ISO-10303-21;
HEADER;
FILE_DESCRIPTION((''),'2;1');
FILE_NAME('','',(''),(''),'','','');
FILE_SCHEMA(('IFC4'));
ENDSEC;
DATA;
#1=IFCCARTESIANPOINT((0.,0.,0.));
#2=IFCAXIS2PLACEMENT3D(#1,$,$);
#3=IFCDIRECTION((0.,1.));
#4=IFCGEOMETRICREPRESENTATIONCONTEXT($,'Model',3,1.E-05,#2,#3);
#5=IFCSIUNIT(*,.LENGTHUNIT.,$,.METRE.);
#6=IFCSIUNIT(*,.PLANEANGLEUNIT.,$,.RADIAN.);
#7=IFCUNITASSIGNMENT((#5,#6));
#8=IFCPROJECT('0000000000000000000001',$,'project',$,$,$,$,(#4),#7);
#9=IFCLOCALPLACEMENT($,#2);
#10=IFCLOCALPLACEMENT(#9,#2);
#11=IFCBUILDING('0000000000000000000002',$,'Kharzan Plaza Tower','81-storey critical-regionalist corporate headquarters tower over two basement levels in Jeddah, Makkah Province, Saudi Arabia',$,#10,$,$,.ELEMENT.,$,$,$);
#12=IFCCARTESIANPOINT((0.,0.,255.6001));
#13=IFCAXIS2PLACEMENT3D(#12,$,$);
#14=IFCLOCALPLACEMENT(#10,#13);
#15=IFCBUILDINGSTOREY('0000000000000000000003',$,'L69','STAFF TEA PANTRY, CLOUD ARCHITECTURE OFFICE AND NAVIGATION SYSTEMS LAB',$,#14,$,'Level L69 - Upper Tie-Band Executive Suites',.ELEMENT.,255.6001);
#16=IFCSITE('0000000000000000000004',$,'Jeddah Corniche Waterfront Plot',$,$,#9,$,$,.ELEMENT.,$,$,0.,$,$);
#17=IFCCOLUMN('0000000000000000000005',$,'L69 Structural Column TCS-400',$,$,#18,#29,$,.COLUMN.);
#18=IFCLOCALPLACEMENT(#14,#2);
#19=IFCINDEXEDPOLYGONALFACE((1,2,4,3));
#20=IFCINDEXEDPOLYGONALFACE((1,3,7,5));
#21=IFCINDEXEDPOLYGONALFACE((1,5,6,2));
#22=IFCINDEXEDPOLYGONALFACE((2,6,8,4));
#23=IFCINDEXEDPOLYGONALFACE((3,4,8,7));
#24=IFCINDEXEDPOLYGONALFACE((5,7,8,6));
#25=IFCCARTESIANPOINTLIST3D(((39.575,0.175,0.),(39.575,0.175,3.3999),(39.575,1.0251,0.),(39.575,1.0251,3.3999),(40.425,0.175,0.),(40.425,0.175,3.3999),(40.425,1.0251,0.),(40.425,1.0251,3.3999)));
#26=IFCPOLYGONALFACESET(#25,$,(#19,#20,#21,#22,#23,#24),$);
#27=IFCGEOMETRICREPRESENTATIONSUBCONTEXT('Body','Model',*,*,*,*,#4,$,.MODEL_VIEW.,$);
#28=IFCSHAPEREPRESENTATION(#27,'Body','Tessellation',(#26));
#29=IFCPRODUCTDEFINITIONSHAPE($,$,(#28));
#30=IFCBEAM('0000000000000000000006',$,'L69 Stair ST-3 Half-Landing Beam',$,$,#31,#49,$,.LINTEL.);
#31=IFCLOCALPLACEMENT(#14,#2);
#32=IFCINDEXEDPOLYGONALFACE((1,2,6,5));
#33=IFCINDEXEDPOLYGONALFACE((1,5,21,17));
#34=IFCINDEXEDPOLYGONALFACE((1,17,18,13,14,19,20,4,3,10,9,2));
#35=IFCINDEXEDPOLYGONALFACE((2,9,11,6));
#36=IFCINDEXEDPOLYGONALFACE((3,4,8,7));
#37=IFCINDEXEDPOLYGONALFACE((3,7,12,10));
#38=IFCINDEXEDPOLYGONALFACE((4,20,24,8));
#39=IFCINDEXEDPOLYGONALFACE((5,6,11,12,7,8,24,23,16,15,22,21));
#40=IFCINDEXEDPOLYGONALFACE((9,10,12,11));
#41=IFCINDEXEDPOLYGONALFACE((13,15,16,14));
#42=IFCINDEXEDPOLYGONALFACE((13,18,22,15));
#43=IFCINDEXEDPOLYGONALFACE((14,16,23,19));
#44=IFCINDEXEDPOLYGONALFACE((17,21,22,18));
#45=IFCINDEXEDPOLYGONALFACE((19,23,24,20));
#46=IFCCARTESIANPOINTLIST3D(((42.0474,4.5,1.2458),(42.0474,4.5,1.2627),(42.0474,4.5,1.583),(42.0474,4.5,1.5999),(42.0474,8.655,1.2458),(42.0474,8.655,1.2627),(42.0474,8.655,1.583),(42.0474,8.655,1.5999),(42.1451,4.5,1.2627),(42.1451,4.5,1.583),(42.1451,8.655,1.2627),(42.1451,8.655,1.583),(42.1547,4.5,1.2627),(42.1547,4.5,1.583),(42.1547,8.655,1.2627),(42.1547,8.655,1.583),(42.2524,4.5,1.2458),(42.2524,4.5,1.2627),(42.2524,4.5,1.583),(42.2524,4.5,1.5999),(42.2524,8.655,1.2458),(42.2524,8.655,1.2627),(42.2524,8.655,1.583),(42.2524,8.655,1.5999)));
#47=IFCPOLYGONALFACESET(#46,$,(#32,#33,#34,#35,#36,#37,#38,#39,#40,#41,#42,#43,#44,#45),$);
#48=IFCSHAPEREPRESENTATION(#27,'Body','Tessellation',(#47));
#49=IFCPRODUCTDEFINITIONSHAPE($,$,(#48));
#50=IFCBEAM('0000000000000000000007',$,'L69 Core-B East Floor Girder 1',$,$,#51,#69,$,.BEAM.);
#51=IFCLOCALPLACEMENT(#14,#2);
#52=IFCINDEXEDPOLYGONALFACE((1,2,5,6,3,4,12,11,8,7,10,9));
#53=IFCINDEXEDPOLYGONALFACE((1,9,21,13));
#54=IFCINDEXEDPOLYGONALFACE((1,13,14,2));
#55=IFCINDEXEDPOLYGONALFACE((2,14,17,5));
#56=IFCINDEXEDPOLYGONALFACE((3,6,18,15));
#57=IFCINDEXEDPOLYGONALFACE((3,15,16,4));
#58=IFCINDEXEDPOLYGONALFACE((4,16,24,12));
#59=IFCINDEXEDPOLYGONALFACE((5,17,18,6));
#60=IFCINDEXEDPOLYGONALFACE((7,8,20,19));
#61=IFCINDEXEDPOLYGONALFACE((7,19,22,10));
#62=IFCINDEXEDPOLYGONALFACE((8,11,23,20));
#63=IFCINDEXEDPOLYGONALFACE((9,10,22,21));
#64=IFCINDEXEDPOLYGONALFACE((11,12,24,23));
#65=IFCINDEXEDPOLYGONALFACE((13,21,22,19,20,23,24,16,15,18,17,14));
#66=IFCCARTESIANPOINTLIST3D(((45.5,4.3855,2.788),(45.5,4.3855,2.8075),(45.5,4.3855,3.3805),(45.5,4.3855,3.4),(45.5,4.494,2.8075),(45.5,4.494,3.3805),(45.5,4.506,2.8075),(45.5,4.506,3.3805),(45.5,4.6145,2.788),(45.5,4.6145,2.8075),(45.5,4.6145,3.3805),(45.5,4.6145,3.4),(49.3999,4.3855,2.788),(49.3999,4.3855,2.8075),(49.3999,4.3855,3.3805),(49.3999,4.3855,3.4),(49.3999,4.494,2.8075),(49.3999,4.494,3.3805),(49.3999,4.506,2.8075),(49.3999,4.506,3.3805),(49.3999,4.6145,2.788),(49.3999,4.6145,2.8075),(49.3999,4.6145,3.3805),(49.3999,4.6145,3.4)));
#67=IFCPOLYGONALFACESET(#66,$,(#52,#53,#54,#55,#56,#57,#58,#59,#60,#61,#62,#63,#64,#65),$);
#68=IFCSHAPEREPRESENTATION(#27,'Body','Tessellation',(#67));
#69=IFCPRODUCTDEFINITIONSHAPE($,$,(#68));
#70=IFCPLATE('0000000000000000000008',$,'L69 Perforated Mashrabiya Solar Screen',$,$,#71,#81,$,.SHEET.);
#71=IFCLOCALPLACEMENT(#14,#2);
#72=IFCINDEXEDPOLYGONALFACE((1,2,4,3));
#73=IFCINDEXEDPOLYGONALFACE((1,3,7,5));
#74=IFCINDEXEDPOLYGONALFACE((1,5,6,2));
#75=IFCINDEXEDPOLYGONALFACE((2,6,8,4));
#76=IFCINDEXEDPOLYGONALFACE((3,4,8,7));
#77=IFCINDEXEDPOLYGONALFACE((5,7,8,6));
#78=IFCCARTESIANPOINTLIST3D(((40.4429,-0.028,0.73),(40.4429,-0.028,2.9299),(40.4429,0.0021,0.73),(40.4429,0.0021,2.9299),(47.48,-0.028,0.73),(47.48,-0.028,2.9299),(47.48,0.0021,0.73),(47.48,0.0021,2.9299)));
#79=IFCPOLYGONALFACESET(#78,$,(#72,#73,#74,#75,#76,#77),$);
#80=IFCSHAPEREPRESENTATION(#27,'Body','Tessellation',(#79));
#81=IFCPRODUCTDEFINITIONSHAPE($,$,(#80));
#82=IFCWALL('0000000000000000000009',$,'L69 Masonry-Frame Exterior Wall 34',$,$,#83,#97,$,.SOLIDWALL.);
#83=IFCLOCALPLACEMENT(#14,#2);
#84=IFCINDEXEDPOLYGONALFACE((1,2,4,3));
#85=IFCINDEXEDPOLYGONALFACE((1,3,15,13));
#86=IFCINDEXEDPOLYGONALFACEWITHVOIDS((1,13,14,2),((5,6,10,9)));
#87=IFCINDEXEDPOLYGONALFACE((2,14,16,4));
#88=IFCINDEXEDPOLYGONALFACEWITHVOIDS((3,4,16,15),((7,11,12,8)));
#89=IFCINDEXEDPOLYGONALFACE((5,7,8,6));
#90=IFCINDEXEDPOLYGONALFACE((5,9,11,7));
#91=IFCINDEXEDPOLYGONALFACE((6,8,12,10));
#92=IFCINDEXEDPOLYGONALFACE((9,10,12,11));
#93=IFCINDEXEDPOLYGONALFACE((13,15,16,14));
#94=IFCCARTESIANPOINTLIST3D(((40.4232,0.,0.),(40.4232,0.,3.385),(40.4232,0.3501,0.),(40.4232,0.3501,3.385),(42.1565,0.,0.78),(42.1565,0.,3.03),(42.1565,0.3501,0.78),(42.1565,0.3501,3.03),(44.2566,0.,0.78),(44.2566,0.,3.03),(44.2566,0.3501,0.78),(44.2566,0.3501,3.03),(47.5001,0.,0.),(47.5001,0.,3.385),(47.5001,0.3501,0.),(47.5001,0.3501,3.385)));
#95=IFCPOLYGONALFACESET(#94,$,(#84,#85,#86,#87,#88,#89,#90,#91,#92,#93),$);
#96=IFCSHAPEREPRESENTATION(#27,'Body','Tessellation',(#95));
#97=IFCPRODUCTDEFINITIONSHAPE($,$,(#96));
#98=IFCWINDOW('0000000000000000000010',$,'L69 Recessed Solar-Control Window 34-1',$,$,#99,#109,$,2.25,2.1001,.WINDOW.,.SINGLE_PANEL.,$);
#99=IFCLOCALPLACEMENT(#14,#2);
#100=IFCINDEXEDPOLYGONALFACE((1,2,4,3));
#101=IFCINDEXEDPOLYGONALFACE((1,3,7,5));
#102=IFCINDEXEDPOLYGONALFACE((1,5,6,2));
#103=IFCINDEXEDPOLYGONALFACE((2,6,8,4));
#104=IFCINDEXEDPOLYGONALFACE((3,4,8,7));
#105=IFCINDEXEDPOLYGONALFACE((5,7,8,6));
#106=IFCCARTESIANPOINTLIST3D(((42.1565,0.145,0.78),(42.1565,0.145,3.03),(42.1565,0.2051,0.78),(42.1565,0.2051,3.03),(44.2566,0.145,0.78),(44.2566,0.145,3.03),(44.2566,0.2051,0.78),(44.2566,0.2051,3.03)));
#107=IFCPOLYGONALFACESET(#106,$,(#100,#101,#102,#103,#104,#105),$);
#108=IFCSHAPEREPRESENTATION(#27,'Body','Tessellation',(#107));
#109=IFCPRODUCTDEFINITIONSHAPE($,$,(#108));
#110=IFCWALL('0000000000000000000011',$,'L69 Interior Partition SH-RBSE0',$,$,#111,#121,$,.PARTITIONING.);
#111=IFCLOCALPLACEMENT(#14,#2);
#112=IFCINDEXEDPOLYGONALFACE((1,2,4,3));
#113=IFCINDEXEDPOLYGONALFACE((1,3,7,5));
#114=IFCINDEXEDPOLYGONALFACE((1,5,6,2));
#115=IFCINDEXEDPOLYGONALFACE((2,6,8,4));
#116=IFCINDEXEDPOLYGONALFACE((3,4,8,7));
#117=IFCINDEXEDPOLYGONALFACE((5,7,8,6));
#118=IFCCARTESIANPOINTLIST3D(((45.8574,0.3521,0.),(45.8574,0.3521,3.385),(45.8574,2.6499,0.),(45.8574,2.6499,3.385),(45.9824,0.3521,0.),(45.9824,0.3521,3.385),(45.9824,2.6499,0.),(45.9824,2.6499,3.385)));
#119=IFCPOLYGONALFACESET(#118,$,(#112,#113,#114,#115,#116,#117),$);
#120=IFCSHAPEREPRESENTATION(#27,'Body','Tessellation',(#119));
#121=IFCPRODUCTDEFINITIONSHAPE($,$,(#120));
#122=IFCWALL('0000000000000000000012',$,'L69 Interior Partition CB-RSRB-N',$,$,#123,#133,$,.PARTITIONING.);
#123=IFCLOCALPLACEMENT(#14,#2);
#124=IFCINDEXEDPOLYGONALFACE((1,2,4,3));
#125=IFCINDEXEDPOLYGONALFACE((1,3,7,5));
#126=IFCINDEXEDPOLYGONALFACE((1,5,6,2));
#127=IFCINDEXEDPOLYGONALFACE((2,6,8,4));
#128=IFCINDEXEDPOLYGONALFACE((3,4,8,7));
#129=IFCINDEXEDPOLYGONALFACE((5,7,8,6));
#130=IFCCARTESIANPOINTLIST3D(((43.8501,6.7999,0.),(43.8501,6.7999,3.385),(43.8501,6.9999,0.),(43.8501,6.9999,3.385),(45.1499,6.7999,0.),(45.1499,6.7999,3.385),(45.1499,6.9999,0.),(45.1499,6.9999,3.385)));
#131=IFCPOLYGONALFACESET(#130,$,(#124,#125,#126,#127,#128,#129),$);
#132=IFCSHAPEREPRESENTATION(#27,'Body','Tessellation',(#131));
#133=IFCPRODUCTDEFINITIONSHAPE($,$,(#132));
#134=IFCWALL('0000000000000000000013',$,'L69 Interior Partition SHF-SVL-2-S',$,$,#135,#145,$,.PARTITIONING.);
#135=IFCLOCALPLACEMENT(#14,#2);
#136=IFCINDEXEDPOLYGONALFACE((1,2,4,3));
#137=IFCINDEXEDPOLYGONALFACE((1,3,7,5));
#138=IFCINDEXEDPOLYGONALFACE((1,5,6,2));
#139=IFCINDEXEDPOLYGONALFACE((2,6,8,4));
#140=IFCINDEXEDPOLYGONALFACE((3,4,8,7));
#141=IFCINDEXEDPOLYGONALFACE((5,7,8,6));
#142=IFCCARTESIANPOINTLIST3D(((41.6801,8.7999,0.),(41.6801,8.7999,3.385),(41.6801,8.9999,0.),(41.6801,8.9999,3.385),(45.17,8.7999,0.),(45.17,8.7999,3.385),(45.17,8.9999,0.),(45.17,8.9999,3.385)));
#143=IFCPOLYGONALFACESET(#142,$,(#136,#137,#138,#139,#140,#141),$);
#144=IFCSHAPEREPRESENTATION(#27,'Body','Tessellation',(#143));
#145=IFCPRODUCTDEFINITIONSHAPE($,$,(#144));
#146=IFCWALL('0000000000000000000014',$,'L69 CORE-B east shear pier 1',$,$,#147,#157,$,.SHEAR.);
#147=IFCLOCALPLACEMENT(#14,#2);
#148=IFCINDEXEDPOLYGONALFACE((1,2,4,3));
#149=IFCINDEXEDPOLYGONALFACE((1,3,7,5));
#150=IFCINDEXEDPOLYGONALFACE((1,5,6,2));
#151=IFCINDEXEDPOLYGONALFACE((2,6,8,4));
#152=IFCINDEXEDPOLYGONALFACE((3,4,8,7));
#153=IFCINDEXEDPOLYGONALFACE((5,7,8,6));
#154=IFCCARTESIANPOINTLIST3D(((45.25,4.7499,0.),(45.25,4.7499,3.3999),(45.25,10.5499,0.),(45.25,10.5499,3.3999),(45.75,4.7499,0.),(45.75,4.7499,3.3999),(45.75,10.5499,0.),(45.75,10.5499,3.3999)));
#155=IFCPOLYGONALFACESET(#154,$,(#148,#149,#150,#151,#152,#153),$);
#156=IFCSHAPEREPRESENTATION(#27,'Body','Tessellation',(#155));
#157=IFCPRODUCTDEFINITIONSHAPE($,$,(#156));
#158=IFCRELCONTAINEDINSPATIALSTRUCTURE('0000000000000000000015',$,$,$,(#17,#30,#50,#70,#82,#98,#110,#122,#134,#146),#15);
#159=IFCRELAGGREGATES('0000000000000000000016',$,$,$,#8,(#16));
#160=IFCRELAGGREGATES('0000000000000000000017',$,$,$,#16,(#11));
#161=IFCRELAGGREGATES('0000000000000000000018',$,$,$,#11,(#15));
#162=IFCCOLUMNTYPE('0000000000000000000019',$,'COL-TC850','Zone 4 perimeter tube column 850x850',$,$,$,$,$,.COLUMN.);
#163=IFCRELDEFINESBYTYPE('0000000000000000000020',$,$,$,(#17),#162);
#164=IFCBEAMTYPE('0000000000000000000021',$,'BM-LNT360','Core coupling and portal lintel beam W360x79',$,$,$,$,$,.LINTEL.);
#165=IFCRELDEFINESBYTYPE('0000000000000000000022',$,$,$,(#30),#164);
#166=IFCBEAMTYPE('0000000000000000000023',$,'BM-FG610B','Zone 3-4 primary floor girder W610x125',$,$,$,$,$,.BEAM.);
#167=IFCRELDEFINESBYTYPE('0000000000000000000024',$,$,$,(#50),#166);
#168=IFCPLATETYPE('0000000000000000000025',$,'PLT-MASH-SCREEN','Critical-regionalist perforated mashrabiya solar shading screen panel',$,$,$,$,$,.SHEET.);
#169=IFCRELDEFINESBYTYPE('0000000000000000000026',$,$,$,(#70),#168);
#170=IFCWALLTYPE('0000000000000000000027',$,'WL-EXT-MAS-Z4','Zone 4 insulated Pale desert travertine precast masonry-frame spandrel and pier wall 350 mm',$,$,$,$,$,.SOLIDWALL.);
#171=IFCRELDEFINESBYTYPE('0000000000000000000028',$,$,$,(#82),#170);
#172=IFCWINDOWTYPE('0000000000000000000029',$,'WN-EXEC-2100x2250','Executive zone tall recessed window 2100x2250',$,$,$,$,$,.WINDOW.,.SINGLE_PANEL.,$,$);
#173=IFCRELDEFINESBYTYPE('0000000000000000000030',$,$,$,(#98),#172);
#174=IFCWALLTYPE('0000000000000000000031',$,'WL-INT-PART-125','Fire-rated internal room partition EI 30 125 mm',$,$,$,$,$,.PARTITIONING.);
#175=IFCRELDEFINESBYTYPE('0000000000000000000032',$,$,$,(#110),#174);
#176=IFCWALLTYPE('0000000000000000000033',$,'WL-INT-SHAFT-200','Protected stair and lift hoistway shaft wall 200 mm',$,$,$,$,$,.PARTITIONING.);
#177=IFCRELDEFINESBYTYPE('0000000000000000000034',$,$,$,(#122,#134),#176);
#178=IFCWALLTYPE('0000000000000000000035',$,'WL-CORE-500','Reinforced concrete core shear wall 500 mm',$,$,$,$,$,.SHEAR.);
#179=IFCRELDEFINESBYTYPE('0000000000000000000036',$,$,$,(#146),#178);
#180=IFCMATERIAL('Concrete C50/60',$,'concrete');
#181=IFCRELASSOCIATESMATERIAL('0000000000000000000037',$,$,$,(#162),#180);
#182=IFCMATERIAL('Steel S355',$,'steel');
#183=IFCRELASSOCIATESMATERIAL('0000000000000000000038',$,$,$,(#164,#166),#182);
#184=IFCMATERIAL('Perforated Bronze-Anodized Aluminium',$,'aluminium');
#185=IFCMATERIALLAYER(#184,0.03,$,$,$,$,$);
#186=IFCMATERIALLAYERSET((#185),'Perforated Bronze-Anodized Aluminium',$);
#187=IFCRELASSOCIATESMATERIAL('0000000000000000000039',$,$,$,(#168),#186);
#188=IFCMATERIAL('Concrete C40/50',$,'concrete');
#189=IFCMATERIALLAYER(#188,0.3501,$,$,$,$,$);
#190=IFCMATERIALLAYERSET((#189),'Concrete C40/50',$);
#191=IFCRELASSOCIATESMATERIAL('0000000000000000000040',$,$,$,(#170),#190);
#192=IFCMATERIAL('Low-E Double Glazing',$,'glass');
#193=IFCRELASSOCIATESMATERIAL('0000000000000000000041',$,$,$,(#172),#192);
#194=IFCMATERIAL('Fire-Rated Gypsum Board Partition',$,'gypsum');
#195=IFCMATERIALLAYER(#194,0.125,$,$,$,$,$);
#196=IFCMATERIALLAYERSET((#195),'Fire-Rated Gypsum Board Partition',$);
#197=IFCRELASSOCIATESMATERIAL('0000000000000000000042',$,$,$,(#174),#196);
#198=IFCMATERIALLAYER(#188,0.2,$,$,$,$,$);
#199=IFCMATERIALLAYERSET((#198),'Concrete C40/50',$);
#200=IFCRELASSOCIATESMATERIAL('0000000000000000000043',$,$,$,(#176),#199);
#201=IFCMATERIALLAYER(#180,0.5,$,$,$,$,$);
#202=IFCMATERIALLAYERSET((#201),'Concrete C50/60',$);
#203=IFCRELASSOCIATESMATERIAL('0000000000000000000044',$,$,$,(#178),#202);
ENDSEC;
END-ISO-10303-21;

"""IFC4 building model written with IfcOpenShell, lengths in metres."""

from ifc_helpers import new_model, si_unit, direction, frame, frame_2d, origin, origin_2d, place, context, subcontext, project, spatial, rectangle, i_section, extrude, source, transform, mapped, material, layer, layer_set, material_profile, profile_set, type_object, element, fill, save


model = new_model("IFC4")

# Units and contexts
model_context = context("Model", 3, precision=1e-05, world=origin(), true_north=direction((0.0, 1.0)))
body_context = subcontext(model_context, "Body", "Model", "MODEL_VIEW")
ifc_project = project(units=[si_unit("LENGTHUNIT", "METRE"), si_unit("PLANEANGLEUNIT", "RADIAN")], contexts=[model_context])

# Site, building, storey
site_placement = place(None, origin())
site = spatial("IfcSite", under=ifc_project, at=site_placement, Name="Jeddah Corniche Waterfront Plot", CompositionType="ELEMENT", RefElevation=0.0)
building_placement = place(site_placement, origin())
building = spatial("IfcBuilding", under=site, at=building_placement, Name="Kharzan Plaza Tower", Description="81-storey critical-regionalist corporate headquarters tower over two basement levels in Jeddah, Makkah Province, Saudi Arabia", CompositionType="ELEMENT")
storey_placement = place(building_placement, frame((0.0, 0.0, 255.6001)))
storey = spatial("IfcBuildingStorey", under=building, at=storey_placement, Name="L69", Description="STAFF TEA PANTRY, CLOUD ARCHITECTURE OFFICE AND NAVIGATION SYSTEMS LAB", LongName="Level L69 - Upper Tie-Band Executive Suites", CompositionType="ELEMENT", Elevation=255.6001)

# Column
ifc_material_1 = material(Name="Concrete C50/60", Category="concrete")
ifc_material_profile_1 = material_profile(ifc_material_1, rectangle(XDim=0.8501, YDim=0.8501, at=origin_2d()), Name="RC-TC850x850")
ifc_profile_set_1 = profile_set([ifc_material_profile_1], Name="Concrete C50/60")
column_type = type_object("IfcColumnType", Name="COL-TC850", Description="Zone 4 perimeter tube column 850x850", PredefinedType="COLUMN", material=ifc_profile_set_1)
shared_shape_1 = source(origin(), body_context, "Body", "SweptSolid", [
    extrude(rectangle(XDim=0.8501, YDim=0.8501, at=origin_2d()), origin(), (0.0, 0.0, 1.0), 3.3999),
])
column_placement = place(storey_placement, frame((40.0, 0.6001, 0.0), z_axis=(0.0, 0.0, 1.0), x_axis=(1.0, 0.0, 0.0)))
element("IfcColumn", 1, at=column_placement, inside=storey, type_object=column_type, Name="L69 Structural Column TCS-400", PredefinedType="COLUMN", context=body_context, shape_type="MappedRepresentation", body=[
    mapped(shared_shape_1, transform((0.0, 0.0, 0.0), x_axis=(1.0, 0.0, 0.0), y_axis=(0.0, 1.0, 0.0), z_axis=(0.0, 0.0, 1.0))),
])

# Beams
ifc_material_2 = material(Name="Steel S355", Category="steel")
ifc_material_profile_2 = material_profile(ifc_material_2, i_section(OverallWidth=0.2051, OverallDepth=0.354, WebThickness=0.0095, FlangeThickness=0.0168, at=origin_2d()), Name="W360x79")
ifc_profile_set_2 = profile_set([ifc_material_profile_2], Name="Steel S355")
beam_type_1 = type_object("IfcBeamType", Name="BM-LNT360", Description="Core coupling and portal lintel beam W360x79", PredefinedType="LINTEL", material=ifc_profile_set_2)
shared_shape_2 = source(origin(), body_context, "Body", "SweptSolid", [
    extrude(i_section(OverallWidth=0.2051, OverallDepth=0.354, WebThickness=0.0095, FlangeThickness=0.0168, at=origin_2d()), origin(), (0.0, 0.0, 1.0), 4.155),
])
beam_1_placement = place(storey_placement, frame((42.1499, 4.5, 1.4229), z_axis=(0.0, 1.0, 0.0), x_axis=(-1.0, 0.0, 0.0)))
element("IfcBeam", 2, at=beam_1_placement, inside=storey, type_object=beam_type_1, Name="L69 Stair ST-3 Half-Landing Beam", PredefinedType="LINTEL", context=body_context, shape_type="MappedRepresentation", body=[
    mapped(shared_shape_2, transform((0.0, 0.0, 0.0), x_axis=(1.0, 0.0, 0.0), y_axis=(0.0, 1.0, 0.0), z_axis=(0.0, 0.0, 1.0))),
])
ifc_material_profile_3 = material_profile(ifc_material_2, i_section(OverallWidth=0.229, OverallDepth=0.6121, WebThickness=0.012, FlangeThickness=0.0195, at=origin_2d()), Name="W610x125")
ifc_profile_set_3 = profile_set([ifc_material_profile_3], Name="Steel S355")
beam_type_2 = type_object("IfcBeamType", Name="BM-FG610B", Description="Zone 3-4 primary floor girder W610x125", PredefinedType="BEAM", material=ifc_profile_set_3)
shared_shape_3 = source(origin(), body_context, "Body", "SweptSolid", [
    extrude(i_section(OverallWidth=0.229, OverallDepth=0.6121, WebThickness=0.012, FlangeThickness=0.0195, at=origin_2d()), origin(), (0.0, 0.0, 1.0), 3.8999),
])
beam_2_placement = place(storey_placement, frame((45.5, 4.5, 3.094), z_axis=(1.0, 0.0, 0.0), x_axis=(0.0, 1.0, 0.0)))
element("IfcBeam", 3, at=beam_2_placement, inside=storey, type_object=beam_type_2, Name="L69 Core-B East Floor Girder 1", PredefinedType="BEAM", context=body_context, shape_type="MappedRepresentation", body=[
    mapped(shared_shape_3, transform((0.0, 0.0, 0.0), x_axis=(1.0, 0.0, 0.0), y_axis=(0.0, 1.0, 0.0), z_axis=(0.0, 0.0, 1.0))),
])

# Plate
ifc_material_3 = material(Name="Perforated Bronze-Anodized Aluminium", Category="aluminium")
ifc_layer_1 = layer(ifc_material_3, 0.03)
ifc_layer_set_1 = layer_set([ifc_layer_1], Name="Perforated Bronze-Anodized Aluminium")
plate_type = type_object("IfcPlateType", Name="PLT-MASH-SCREEN", Description="Critical-regionalist perforated mashrabiya solar shading screen panel", PredefinedType="SHEET", material=ifc_layer_set_1)
shared_shape_4 = source(origin(), body_context, "Body", "SweptSolid", [
    extrude(rectangle(XDim=7.0371, YDim=0.03, at=origin_2d()), origin(), (0.0, 0.0, 1.0), 2.2),
])
plate_placement = place(storey_placement, frame((43.9614, -0.0129, 0.73), z_axis=(0.0, 0.0, 1.0), x_axis=(1.0, 0.0, 0.0)))
element("IfcPlate", 4, at=plate_placement, inside=storey, type_object=plate_type, Name="L69 Perforated Mashrabiya Solar Screen", PredefinedType="SHEET", context=body_context, shape_type="MappedRepresentation", body=[
    mapped(shared_shape_4, transform((0.0, 0.0, 0.0), x_axis=(1.0, 0.0, 0.0), y_axis=(0.0, 1.0, 0.0), z_axis=(0.0, 0.0, 1.0))),
])

# Wall, opening, window
ifc_material_4 = material(Name="Concrete C40/50", Category="concrete")
ifc_layer_2 = layer(ifc_material_4, 0.3501)
ifc_layer_set_2 = layer_set([ifc_layer_2], Name="Concrete C40/50")
wall_type_1 = type_object("IfcWallType", Name="WL-EXT-MAS-Z4", Description="Zone 4 insulated Pale desert travertine precast masonry-frame spandrel and pier wall 350 mm", PredefinedType="SOLIDWALL", material=ifc_layer_set_2)
wall_1_placement = place(storey_placement, frame((40.4231, 0.175, 0.0), z_axis=(0.0, 0.0, 1.0), x_axis=(1.0, 0.0, 0.0)))
wall_1 = element("IfcWall", 5, at=wall_1_placement, inside=storey, type_object=wall_type_1, Name="L69 Masonry-Frame Exterior Wall 34", PredefinedType="SOLIDWALL", context=body_context, shape_type="SweptSolid", body=[
    extrude(rectangle(XDim=7.0769, YDim=0.3501, at=frame_2d((3.5386, 0.0))), origin(), (0.0, 0.0, 1.0), 3.385),
])
opening_1_placement = place(wall_1_placement, frame((1.7334, 0.0, 0.78)))
opening_1 = element("IfcOpeningElement", 6, at=opening_1_placement, cuts=wall_1, PredefinedType="OPENING", context=body_context, shape_type="SweptSolid", body=[
    extrude(rectangle(XDim=2.1001, YDim=2.25, at=frame_2d((1.05, 1.125))), frame((0.0, 0.1851, 0.0), z_axis=(0.0, -1.0, 0.0), x_axis=(1.0, 0.0, 0.0)), (0.0, 0.0, 1.0), 0.3701),
])
ifc_material_5 = material(Name="Low-E Double Glazing", Category="glass")
window_type = type_object("IfcWindowType", Name="WN-EXEC-2100x2250", Description="Executive zone tall recessed window 2100x2250", PartitioningType="SINGLE_PANEL", PredefinedType="WINDOW", material=ifc_material_5)
shared_shape_5 = source(origin(), body_context, "Body", "SweptSolid", [
    extrude(rectangle(XDim=2.1001, YDim=2.25, at=frame_2d((1.05, 1.125))), frame((0.0, 0.03, 0.0), z_axis=(0.0, -1.0, 0.0), x_axis=(1.0, 0.0, 0.0)), (0.0, 0.0, 1.0), 0.0601),
])
window_placement = place(opening_1_placement, origin())
window = element("IfcWindow", 7, at=window_placement, inside=storey, type_object=window_type, Name="L69 Recessed Solar-Control Window 34-1", OverallHeight=2.25, OverallWidth=2.1001, PartitioningType="SINGLE_PANEL", PredefinedType="WINDOW", context=body_context, shape_type="MappedRepresentation", body=[
    mapped(shared_shape_5, transform((0.0, 0.0, 0.0), x_axis=(1.0, 0.0, 0.0), y_axis=(0.0, 1.0, 0.0), z_axis=(0.0, 0.0, 1.0))),
])
fill(opening_1, window)

# Shared definitions
ifc_material_6 = material(Name="Fire-Rated Gypsum Board Partition", Category="gypsum")
ifc_layer_3 = layer(ifc_material_6, 0.125)
ifc_layer_set_3 = layer_set([ifc_layer_3], Name="Fire-Rated Gypsum Board Partition")
wall_type_2 = type_object("IfcWallType", Name="WL-INT-PART-125", Description="Fire-rated internal room partition EI 30 125 mm", PredefinedType="PARTITIONING", material=ifc_layer_set_3)

# Walls
shared_shape_6 = source(origin(), body_context, "Body", "SweptSolid", [
    extrude(rectangle(XDim=2.2979, YDim=0.125, at=frame_2d((1.1489, 0.0))), origin(), (0.0, 0.0, 1.0), 3.385),
])
wall_2_placement = place(storey_placement, frame((45.9199, 0.3521, 0.0), z_axis=(0.0, 0.0, 1.0), x_axis=(0.0, 1.0, 0.0)))
element("IfcWall", 8, at=wall_2_placement, inside=storey, type_object=wall_type_2, Name="L69 Interior Partition SH-RBSE0", PredefinedType="PARTITIONING", context=body_context, shape_type="MappedRepresentation", body=[
    mapped(shared_shape_6, transform((0.0, 0.0, 0.0), x_axis=(1.0, 0.0, 0.0), y_axis=(0.0, 1.0, 0.0), z_axis=(0.0, 0.0, 1.0))),
])
ifc_layer_4 = layer(ifc_material_4, 0.2)
ifc_layer_set_4 = layer_set([ifc_layer_4], Name="Concrete C40/50")
wall_type_3 = type_object("IfcWallType", Name="WL-INT-SHAFT-200", Description="Protected stair and lift hoistway shaft wall 200 mm", PredefinedType="PARTITIONING", material=ifc_layer_set_4)
shared_shape_7 = source(origin(), body_context, "Body", "SweptSolid", [
    extrude(rectangle(XDim=1.2998, YDim=0.2, at=frame_2d((0.6499, 0.0))), origin(), (0.0, 0.0, 1.0), 3.385),
])
wall_3_placement = place(storey_placement, frame((43.8501, 6.8999, 0.0), z_axis=(0.0, 0.0, 1.0), x_axis=(1.0, 0.0, 0.0)))
element("IfcWall", 9, at=wall_3_placement, inside=storey, type_object=wall_type_3, Name="L69 Interior Partition CB-RSRB-N", PredefinedType="PARTITIONING", context=body_context, shape_type="MappedRepresentation", body=[
    mapped(shared_shape_7, transform((0.0, 0.0, 0.0), x_axis=(1.0, 0.0, 0.0), y_axis=(0.0, 1.0, 0.0), z_axis=(0.0, 0.0, 1.0))),
])
shared_shape_8 = source(origin(), body_context, "Body", "SweptSolid", [
    extrude(rectangle(XDim=3.49, YDim=0.2, at=frame_2d((1.7451, 0.0))), origin(), (0.0, 0.0, 1.0), 3.385),
])
wall_4_placement = place(storey_placement, frame((41.6799, 8.8999, 0.0), z_axis=(0.0, 0.0, 1.0), x_axis=(1.0, 0.0, 0.0)))
element("IfcWall", 10, at=wall_4_placement, inside=storey, type_object=wall_type_3, Name="L69 Interior Partition SHF-SVL-2-S", PredefinedType="PARTITIONING", context=body_context, shape_type="MappedRepresentation", body=[
    mapped(shared_shape_8, transform((0.0, 0.0, 0.0), x_axis=(1.0, 0.0, 0.0), y_axis=(0.0, 1.0, 0.0), z_axis=(0.0, 0.0, 1.0))),
])
ifc_layer_5 = layer(ifc_material_1, 0.5)
ifc_layer_set_5 = layer_set([ifc_layer_5], Name="Concrete C50/60")
wall_type_4 = type_object("IfcWallType", Name="WL-CORE-500", Description="Reinforced concrete core shear wall 500 mm", PredefinedType="SHEAR", material=ifc_layer_set_5)
shared_shape_9 = source(origin(), body_context, "Body", "SweptSolid", [
    extrude(rectangle(XDim=5.8, YDim=0.5, at=frame_2d((2.8999, 0.0))), origin(), (0.0, 0.0, 1.0), 3.3999),
])
wall_5_placement = place(storey_placement, frame((45.5, 4.75, 0.0), z_axis=(0.0, 0.0, 1.0), x_axis=(0.0, 1.0, 0.0)))
element("IfcWall", 11, at=wall_5_placement, inside=storey, type_object=wall_type_4, Name="L69 CORE-B east shear pier 1", PredefinedType="SHEAR", context=body_context, shape_type="MappedRepresentation", body=[
    mapped(shared_shape_9, transform((0.0, 0.0, 0.0), x_axis=(1.0, 0.0, 0.0), y_axis=(0.0, 1.0, 0.0), z_axis=(0.0, 0.0, 1.0))),
])

save(model, "model.ifc")
